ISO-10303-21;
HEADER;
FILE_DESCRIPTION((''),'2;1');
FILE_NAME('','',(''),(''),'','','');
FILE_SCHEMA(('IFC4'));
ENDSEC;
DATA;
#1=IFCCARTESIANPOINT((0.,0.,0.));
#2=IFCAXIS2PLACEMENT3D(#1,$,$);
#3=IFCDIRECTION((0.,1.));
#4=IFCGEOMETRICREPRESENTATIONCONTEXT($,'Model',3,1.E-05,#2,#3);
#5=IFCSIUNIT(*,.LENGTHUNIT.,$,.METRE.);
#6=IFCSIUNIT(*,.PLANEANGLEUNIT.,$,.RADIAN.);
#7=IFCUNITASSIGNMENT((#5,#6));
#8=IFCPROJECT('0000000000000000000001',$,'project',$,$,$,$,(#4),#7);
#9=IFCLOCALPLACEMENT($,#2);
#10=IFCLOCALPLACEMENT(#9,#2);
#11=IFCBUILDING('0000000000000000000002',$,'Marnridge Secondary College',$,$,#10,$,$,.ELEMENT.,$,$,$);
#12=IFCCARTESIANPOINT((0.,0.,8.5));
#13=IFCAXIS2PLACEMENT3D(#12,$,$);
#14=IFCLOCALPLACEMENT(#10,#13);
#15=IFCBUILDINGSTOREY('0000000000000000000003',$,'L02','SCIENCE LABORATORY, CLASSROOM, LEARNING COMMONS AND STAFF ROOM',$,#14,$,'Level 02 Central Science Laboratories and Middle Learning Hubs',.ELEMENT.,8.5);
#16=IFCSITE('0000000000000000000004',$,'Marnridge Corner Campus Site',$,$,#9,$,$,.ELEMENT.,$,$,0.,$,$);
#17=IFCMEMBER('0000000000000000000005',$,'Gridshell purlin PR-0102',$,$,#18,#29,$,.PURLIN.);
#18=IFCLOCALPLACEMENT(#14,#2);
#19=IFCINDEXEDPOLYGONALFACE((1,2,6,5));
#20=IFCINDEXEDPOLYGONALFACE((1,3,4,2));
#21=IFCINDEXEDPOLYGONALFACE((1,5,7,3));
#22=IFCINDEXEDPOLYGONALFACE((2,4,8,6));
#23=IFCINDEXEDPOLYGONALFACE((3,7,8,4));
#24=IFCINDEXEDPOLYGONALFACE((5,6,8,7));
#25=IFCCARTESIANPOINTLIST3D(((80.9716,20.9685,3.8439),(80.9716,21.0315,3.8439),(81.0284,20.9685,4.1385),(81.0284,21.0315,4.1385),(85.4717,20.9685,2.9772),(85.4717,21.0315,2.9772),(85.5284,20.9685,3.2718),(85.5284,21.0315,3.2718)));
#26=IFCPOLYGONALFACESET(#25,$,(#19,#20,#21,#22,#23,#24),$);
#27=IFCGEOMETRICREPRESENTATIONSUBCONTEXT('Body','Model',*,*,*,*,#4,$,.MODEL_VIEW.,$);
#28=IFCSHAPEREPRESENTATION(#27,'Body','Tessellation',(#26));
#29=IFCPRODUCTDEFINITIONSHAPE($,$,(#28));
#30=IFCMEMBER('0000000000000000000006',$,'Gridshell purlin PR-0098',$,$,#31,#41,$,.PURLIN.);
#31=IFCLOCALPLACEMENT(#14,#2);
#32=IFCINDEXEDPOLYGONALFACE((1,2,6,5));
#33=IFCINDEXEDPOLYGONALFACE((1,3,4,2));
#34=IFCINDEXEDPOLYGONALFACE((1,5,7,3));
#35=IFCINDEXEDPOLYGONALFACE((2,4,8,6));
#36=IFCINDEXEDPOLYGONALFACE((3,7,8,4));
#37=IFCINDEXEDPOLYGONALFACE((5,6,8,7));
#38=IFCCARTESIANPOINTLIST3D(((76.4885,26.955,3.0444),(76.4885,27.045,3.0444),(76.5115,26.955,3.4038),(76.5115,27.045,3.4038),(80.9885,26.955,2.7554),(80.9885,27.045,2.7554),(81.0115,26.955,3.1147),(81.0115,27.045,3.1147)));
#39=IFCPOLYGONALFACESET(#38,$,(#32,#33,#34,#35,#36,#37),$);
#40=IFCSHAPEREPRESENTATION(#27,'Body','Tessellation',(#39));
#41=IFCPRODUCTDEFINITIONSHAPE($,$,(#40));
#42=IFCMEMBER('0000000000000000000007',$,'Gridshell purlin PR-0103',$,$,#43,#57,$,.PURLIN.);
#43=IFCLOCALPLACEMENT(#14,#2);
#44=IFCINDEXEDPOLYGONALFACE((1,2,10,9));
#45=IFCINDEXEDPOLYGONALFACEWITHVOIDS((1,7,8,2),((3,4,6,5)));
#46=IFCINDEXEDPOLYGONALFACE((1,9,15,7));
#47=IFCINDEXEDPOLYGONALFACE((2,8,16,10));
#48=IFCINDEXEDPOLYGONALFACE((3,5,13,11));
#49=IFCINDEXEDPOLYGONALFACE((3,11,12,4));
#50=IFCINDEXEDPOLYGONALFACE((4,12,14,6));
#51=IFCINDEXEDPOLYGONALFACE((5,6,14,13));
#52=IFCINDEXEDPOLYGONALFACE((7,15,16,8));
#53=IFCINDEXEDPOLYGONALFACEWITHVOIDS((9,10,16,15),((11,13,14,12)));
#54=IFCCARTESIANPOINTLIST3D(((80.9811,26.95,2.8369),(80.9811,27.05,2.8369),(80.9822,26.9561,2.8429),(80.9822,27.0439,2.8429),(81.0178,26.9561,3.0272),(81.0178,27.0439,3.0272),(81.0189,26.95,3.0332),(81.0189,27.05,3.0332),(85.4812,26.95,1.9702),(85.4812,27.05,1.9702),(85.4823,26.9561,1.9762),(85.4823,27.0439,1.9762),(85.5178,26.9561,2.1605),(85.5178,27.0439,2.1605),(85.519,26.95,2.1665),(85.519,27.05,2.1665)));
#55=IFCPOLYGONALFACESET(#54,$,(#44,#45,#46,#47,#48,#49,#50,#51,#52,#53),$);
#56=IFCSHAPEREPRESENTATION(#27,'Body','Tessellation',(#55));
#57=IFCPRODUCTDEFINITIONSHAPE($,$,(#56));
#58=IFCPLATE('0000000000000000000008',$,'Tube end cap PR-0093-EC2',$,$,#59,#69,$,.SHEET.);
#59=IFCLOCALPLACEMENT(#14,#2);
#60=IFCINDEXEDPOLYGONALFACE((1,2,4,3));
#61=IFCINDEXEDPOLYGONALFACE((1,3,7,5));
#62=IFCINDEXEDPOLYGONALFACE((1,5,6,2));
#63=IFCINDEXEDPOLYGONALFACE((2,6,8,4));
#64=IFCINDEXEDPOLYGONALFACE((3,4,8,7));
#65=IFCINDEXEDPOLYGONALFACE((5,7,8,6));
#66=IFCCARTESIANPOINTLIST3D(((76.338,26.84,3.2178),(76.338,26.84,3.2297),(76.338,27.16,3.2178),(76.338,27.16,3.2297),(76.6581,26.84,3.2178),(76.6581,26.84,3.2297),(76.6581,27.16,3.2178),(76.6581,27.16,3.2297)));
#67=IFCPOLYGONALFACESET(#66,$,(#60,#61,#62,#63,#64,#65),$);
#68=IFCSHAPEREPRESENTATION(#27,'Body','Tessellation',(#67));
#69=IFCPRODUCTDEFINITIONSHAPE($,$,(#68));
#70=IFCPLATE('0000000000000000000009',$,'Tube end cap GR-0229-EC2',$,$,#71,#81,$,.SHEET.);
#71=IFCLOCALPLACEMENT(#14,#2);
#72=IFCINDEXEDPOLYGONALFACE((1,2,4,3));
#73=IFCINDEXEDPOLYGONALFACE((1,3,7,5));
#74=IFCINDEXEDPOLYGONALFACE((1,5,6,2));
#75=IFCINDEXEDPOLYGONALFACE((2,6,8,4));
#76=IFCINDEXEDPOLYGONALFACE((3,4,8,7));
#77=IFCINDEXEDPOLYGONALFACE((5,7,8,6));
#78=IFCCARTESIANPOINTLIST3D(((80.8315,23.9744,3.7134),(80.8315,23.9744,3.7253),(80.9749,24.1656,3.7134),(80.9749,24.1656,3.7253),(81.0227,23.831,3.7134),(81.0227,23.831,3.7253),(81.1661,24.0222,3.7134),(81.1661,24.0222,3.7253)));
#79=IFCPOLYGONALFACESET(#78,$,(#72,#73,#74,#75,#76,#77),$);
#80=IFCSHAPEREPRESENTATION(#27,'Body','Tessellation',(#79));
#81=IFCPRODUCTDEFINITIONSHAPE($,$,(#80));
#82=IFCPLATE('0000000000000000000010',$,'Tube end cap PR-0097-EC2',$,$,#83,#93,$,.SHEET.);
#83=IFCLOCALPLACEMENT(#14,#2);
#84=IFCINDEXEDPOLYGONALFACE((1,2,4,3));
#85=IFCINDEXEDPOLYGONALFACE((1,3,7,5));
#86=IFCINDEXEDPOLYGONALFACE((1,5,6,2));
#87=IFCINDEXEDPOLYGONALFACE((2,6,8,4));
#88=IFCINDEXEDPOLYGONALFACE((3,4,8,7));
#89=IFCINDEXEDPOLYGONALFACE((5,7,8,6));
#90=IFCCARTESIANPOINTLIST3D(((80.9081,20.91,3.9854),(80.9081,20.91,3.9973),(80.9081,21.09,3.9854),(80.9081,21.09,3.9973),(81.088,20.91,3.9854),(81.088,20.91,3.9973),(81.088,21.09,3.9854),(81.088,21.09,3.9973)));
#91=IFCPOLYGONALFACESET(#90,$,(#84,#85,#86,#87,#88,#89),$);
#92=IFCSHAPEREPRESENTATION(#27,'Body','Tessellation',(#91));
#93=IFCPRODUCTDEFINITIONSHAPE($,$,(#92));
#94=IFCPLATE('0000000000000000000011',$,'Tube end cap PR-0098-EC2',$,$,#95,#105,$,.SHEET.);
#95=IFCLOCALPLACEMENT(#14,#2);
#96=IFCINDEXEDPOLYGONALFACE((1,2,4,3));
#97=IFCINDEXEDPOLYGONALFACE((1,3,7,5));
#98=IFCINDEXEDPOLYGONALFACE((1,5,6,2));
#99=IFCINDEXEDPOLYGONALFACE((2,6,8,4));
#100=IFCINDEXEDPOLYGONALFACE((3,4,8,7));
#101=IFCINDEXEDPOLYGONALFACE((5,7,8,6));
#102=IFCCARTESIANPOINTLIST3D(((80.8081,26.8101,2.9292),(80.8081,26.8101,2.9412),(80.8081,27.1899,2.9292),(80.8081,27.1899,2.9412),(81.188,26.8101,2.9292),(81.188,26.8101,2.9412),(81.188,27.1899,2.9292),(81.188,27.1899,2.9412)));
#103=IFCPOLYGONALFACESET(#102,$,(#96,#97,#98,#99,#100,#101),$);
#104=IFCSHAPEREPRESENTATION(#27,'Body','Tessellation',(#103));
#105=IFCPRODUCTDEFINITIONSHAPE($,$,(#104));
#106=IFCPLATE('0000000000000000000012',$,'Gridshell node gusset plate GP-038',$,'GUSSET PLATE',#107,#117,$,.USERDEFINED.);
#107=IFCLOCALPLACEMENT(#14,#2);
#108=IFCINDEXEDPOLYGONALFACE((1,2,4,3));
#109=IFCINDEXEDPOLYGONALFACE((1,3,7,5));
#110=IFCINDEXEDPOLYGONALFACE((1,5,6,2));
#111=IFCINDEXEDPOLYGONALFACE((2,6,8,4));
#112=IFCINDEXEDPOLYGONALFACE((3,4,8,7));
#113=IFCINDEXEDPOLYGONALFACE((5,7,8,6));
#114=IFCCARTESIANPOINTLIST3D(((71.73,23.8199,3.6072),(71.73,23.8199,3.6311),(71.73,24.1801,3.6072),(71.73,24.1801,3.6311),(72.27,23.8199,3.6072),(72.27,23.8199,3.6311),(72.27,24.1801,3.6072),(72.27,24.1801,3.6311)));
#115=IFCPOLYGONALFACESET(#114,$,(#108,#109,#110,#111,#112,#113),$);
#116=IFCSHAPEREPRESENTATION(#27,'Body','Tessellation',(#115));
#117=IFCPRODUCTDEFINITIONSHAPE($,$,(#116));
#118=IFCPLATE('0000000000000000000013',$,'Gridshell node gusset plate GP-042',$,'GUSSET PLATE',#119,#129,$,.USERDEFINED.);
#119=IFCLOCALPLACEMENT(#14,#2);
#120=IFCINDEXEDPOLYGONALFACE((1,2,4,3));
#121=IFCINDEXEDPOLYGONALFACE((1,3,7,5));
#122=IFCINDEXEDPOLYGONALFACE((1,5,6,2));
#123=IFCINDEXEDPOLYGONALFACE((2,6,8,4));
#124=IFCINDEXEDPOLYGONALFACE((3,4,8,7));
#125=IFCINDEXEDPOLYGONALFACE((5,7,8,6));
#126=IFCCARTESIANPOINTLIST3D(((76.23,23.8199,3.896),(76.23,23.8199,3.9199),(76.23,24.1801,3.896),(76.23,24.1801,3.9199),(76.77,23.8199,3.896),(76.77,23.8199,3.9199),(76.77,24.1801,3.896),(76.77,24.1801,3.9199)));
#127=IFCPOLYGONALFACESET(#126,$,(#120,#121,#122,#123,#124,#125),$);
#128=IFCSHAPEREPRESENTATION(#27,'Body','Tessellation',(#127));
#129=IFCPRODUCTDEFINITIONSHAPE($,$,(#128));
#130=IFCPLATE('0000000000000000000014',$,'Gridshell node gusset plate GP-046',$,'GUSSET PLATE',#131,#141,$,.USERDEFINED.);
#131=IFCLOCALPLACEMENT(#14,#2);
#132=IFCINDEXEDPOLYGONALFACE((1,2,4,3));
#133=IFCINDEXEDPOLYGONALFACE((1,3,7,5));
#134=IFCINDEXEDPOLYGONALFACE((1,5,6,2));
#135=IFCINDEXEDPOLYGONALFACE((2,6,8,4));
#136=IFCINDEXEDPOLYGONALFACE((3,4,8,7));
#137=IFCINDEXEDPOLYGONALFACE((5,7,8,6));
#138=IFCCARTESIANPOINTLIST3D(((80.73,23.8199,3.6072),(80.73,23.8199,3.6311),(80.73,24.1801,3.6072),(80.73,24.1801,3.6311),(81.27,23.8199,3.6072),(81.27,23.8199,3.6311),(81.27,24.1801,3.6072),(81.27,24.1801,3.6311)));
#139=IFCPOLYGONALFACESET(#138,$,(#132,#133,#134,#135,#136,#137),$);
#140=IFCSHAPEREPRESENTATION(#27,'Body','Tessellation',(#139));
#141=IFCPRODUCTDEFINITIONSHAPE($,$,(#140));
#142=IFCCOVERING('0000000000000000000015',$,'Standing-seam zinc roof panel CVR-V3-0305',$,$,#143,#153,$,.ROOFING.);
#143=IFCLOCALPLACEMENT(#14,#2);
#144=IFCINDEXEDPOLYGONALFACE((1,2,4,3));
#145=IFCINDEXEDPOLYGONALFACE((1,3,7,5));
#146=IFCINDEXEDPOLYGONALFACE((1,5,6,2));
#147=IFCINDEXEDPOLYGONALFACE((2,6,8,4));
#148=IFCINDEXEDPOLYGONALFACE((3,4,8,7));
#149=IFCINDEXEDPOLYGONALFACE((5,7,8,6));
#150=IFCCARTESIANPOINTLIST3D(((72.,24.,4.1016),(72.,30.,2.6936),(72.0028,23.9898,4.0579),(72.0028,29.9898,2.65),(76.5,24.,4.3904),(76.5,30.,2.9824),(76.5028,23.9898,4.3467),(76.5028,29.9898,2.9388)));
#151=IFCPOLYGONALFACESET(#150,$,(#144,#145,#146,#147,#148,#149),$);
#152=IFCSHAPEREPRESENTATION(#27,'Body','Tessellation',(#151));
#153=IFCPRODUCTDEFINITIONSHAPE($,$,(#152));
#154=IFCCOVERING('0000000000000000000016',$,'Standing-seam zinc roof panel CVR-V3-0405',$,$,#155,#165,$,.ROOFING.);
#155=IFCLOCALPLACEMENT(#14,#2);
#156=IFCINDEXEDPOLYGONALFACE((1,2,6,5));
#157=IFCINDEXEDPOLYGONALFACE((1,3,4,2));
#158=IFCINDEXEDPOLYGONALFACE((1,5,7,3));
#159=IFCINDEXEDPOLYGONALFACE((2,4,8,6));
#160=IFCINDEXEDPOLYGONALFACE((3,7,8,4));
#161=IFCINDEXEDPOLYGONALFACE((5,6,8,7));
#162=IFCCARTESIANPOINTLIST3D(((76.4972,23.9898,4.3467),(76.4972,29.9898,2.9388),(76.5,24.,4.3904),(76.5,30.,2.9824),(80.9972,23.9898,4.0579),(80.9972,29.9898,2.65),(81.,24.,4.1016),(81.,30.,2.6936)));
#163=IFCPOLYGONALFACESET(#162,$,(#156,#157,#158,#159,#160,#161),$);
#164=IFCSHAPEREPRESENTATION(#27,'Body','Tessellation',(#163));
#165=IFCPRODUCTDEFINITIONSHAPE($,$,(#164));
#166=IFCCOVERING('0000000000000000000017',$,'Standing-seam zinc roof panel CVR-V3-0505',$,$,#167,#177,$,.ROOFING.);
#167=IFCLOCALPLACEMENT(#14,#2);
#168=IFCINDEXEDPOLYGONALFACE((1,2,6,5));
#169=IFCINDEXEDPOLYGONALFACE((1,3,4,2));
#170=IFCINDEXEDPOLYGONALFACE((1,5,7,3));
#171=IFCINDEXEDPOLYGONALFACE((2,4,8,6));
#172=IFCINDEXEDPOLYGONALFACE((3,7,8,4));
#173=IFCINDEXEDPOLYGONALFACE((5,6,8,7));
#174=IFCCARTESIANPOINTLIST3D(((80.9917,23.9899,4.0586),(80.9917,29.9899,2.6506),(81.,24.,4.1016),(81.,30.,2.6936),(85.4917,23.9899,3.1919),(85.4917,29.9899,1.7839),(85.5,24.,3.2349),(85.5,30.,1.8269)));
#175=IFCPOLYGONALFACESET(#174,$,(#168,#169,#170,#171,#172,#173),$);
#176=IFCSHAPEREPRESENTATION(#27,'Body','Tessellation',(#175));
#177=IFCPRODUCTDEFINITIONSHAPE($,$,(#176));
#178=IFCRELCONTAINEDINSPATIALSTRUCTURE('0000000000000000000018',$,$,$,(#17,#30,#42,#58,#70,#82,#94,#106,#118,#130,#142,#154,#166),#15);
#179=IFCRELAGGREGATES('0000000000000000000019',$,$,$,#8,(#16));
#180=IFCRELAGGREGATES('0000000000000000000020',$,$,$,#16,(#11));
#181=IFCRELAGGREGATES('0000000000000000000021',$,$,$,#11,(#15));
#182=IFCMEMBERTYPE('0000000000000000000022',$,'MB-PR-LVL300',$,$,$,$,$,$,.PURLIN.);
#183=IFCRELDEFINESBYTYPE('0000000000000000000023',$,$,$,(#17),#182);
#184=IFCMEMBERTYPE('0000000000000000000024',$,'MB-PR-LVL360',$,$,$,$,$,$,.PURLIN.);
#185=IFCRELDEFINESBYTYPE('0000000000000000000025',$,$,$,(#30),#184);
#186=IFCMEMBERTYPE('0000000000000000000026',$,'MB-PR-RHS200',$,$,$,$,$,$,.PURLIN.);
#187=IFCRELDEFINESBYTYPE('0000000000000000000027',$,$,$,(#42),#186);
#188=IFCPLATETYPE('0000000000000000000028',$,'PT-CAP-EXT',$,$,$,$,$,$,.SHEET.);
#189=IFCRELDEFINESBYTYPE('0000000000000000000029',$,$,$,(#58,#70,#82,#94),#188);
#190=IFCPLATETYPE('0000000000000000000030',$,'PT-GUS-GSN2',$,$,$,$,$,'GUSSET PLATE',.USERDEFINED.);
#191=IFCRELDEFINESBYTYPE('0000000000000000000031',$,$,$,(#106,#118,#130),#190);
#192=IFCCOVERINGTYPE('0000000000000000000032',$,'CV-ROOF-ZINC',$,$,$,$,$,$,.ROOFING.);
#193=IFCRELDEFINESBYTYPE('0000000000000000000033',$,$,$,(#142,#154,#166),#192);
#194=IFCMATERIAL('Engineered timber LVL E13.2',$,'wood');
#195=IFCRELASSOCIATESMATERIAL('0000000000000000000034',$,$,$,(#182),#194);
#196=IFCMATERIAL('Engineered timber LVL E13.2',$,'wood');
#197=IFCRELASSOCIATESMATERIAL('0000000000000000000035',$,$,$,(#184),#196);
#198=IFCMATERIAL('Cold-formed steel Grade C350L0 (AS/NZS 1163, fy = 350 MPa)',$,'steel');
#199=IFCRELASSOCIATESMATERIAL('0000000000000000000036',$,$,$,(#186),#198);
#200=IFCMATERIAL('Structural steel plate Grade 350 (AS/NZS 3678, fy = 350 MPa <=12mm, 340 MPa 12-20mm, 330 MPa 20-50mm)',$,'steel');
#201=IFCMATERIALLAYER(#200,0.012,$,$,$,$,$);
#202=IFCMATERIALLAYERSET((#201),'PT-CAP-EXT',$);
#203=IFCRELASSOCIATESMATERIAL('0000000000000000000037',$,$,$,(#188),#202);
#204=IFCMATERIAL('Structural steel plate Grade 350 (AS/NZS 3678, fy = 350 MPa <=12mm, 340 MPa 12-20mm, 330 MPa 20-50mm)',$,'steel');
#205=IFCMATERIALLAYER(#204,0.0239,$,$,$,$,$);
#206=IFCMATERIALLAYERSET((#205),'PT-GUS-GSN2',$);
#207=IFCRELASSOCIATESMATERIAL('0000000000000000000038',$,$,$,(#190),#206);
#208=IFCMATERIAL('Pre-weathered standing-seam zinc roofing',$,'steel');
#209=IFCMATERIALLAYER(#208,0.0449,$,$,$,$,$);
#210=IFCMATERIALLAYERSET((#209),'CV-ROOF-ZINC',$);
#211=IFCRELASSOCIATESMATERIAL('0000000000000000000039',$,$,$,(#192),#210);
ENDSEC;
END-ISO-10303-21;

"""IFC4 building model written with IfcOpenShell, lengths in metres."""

from ifc_helpers import new_model, si_unit, direction, frame, origin, origin_2d, place, context, subcontext, project, spatial, polyline, rectangle, hollow_rectangle, outline, extrude, material, layer, layer_set, material_profile, profile_set, type_object, element, save


model = new_model("IFC4")

# Units and contexts
model_context = context("Model", 3, precision=1e-05, world=origin(), true_north=direction((0.0, 1.0)))
body_context = subcontext(model_context, "Body", "Model", "MODEL_VIEW")
ifc_project = project(units=[si_unit("LENGTHUNIT", "METRE"), si_unit("PLANEANGLEUNIT", "RADIAN")], contexts=[model_context])

# Site, building, storey
site_placement = place(None, origin())
site = spatial("IfcSite", under=ifc_project, at=site_placement, Name="Marnridge Corner Campus Site", CompositionType="ELEMENT", RefElevation=0.0)
building_placement = place(site_placement, origin())
building = spatial("IfcBuilding", under=site, at=building_placement, Name="Marnridge Secondary College", CompositionType="ELEMENT")
storey_placement = place(building_placement, frame((0.0, 0.0, 8.5)))
storey = spatial("IfcBuildingStorey", under=building, at=storey_placement, Name="L02", Description="SCIENCE LABORATORY, CLASSROOM, LEARNING COMMONS AND STAFF ROOM", LongName="Level 02 Central Science Laboratories and Middle Learning Hubs", CompositionType="ELEMENT", Elevation=8.5)

# Members
ifc_material_1 = material(Name="Engineered timber LVL E13.2", Category="wood")
ifc_material_profile_1 = material_profile(ifc_material_1, rectangle(XDim=0.063, YDim=0.3, at=origin_2d()), Name="LVL 63x300")
ifc_profile_set_1 = profile_set([ifc_material_profile_1], Name="Engineered timber LVL E13.2")
member_type_1 = type_object("IfcMemberType", Name="MB-PR-LVL300", PredefinedType="PURLIN", material=ifc_profile_set_1)
member_1_placement = place(storey_placement, frame((81.0, 21.0, 3.9912), z_axis=(0.981953, 0.0, -0.189124), x_axis=(0.0, 1.0, 0.0)))
element("IfcMember", 1, at=member_1_placement, inside=storey, type_object=member_type_1, Name="Gridshell purlin PR-0102", PredefinedType="PURLIN", context=body_context, shape_type="SweptSolid", body=[
    extrude(rectangle(XDim=0.063, YDim=0.3, at=origin_2d()), origin(), (0.0, 0.0, 1.0), 4.5828),
])
ifc_material_2 = material(Name="Engineered timber LVL E13.2", Category="wood")
ifc_material_profile_2 = material_profile(ifc_material_2, rectangle(XDim=0.0901, YDim=0.3601, at=origin_2d()), Name="LVL 90x360")
ifc_profile_set_2 = profile_set([ifc_material_profile_2], Name="Engineered timber LVL E13.2")
member_type_2 = type_object("IfcMemberType", Name="MB-PR-LVL360", PredefinedType="PURLIN", material=ifc_profile_set_2)
member_2_placement = place(storey_placement, frame((76.5, 27.0, 3.2241), z_axis=(0.997943, 0.0, -0.064104), x_axis=(0.0, 1.0, 0.0)))
element("IfcMember", 2, at=member_2_placement, inside=storey, type_object=member_type_2, Name="Gridshell purlin PR-0098", PredefinedType="PURLIN", context=body_context, shape_type="SweptSolid", body=[
    extrude(rectangle(XDim=0.0901, YDim=0.3601, at=origin_2d()), origin(), (0.0, 0.0, 1.0), 4.5093),
])
ifc_material_3 = material(Name="Cold-formed steel Grade C350L0 (AS/NZS 1163, fy = 350 MPa)", Category="steel")
ifc_material_profile_3 = material_profile(ifc_material_3, hollow_rectangle(XDim=0.1001, YDim=0.2, WallThickness=0.0061, at=origin_2d()), Name="200x100x6.0RHS")
ifc_profile_set_3 = profile_set([ifc_material_profile_3], Name="Cold-formed steel Grade C350L0 (AS/NZS 1163, fy = 350 MPa)")
member_type_3 = type_object("IfcMemberType", Name="MB-PR-RHS200", PredefinedType="PURLIN", material=ifc_profile_set_3)
member_3_placement = place(storey_placement, frame((81.0, 27.0, 2.9351), z_axis=(0.981953, 0.0, -0.189124), x_axis=(0.0, 1.0, 0.0)))
element("IfcMember", 3, at=member_3_placement, inside=storey, type_object=member_type_3, Name="Gridshell purlin PR-0103", PredefinedType="PURLIN", context=body_context, shape_type="SweptSolid", body=[
    extrude(hollow_rectangle(XDim=0.1001, YDim=0.2, WallThickness=0.0061, at=origin_2d()), origin(), (0.0, 0.0, 1.0), 4.5828),
])

# Plates
ifc_material_4 = material(Name="Structural steel plate Grade 350 (AS/NZS 3678, fy = 350 MPa <=12mm, 340 MPa 12-20mm, 330 MPa 20-50mm)", Category="steel")
ifc_layer_1 = layer(ifc_material_4, 0.012)
ifc_layer_set_1 = layer_set([ifc_layer_1], Name="PT-CAP-EXT")
plate_type_1 = type_object("IfcPlateType", Name="PT-CAP-EXT", PredefinedType="SHEET", material=ifc_layer_set_1)
plate_1_placement = place(storey_placement, frame((76.498, 27.0, 3.2178), z_axis=(0.0, 0.0, 1.0), x_axis=(1.0, 0.0, 0.0)))
element("IfcPlate", 4, at=plate_1_placement, inside=storey, type_object=plate_type_1, Name="Tube end cap PR-0093-EC2", PredefinedType="SHEET", context=body_context, shape_type="SweptSolid", body=[
    extrude(rectangle(XDim=0.3201, YDim=0.3201, at=origin_2d()), origin(), (0.0, 0.0, 1.0), 0.012),
])
plate_2_placement = place(storey_placement, frame((80.9988, 23.9983, 3.7134), z_axis=(0.0, 0.0, 1.0), x_axis=(0.600001, 0.799999, 0.0)))
element("IfcPlate", 5, at=plate_2_placement, inside=storey, type_object=plate_type_1, Name="Tube end cap GR-0229-EC2", PredefinedType="SHEET", context=body_context, shape_type="SweptSolid", body=[
    extrude(rectangle(XDim=0.239, YDim=0.239, at=origin_2d()), origin(), (0.0, 0.0, 1.0), 0.012),
])
plate_3_placement = place(storey_placement, frame((80.998, 21.0, 3.9854), z_axis=(0.0, 0.0, 1.0), x_axis=(1.0, 0.0, 0.0)))
element("IfcPlate", 6, at=plate_3_placement, inside=storey, type_object=plate_type_1, Name="Tube end cap PR-0097-EC2", PredefinedType="SHEET", context=body_context, shape_type="SweptSolid", body=[
    extrude(rectangle(XDim=0.1799, YDim=0.1799, at=origin_2d()), origin(), (0.0, 0.0, 1.0), 0.012),
])
plate_4_placement = place(storey_placement, frame((80.998, 27.0, 2.9292), z_axis=(0.0, 0.0, 1.0), x_axis=(1.0, 0.0, 0.0)))
element("IfcPlate", 7, at=plate_4_placement, inside=storey, type_object=plate_type_1, Name="Tube end cap PR-0098-EC2", PredefinedType="SHEET", context=body_context, shape_type="SweptSolid", body=[
    extrude(rectangle(XDim=0.3799, YDim=0.3799, at=origin_2d()), origin(), (0.0, 0.0, 1.0), 0.012),
])
ifc_material_5 = material(Name="Structural steel plate Grade 350 (AS/NZS 3678, fy = 350 MPa <=12mm, 340 MPa 12-20mm, 330 MPa 20-50mm)", Category="steel")
ifc_layer_2 = layer(ifc_material_5, 0.0239)
ifc_layer_set_2 = layer_set([ifc_layer_2], Name="PT-GUS-GSN2")
plate_type_2 = type_object("IfcPlateType", Name="PT-GUS-GSN2", ElementType="GUSSET PLATE", PredefinedType="USERDEFINED", material=ifc_layer_set_2)
for number, where, z_axis, x_axis, name in (
    (8, (72.0, 24.0, 3.6072), (0.0, 0.0, 1.0), (1.0, 0.0, 0.0), "Gridshell node gusset plate GP-038"),
    (9, (76.5, 24.0, 3.896), (0.0, 0.0, 1.0), (1.0, 0.0, 0.0), "Gridshell node gusset plate GP-042"),
    (10, (81.0, 24.0, 3.6072), (0.0, 0.0, 1.0), (1.0, 0.0, 0.0), "Gridshell node gusset plate GP-046"),
):
    element("IfcPlate", number, at=place(storey_placement, frame(where, z_axis=z_axis, x_axis=x_axis)), inside=storey, type_object=plate_type_2, Name=name, ObjectType="GUSSET PLATE", PredefinedType="USERDEFINED", context=body_context, shape_type="SweptSolid", body=[
        extrude(rectangle(XDim=0.54, YDim=0.3601, at=origin_2d()), origin(), (0.0, 0.0, 1.0), 0.0239),
    ])

# Coverings
ifc_material_6 = material(Name="Pre-weathered standing-seam zinc roofing", Category="steel")
ifc_layer_3 = layer(ifc_material_6, 0.0449)
ifc_layer_set_3 = layer_set([ifc_layer_3], Name="CV-ROOF-ZINC")
covering_type = type_object("IfcCoveringType", Name="CV-ROOF-ZINC", PredefinedType="ROOFING", material=ifc_layer_set_3)
covering_1_placement = place(storey_placement, frame((72.0, 24.0, 4.1016), z_axis=(-0.062363, 0.228009, 0.97166), x_axis=(0.997947, 0.0, 0.06405)))
element("IfcCovering", 11, at=covering_1_placement, inside=storey, type_object=covering_type, Name="Standing-seam zinc roof panel CVR-V3-0305", PredefinedType="ROOFING", context=body_context, shape_type="SweptSolid", body=[
    extrude(outline(polyline([(0.0, 0.0), (4.5093, 0.0), (4.4191, 6.1623), (-0.0902, 6.1623), (0.0, 0.0)])), origin(), (0.0, 0.0, -1.0), 0.0449),
])
covering_2_placement = place(storey_placement, frame((76.5, 24.0, 4.3904), z_axis=(0.062363, 0.228009, 0.97166), x_axis=(0.997947, 0.0, -0.06405)))
element("IfcCovering", 12, at=covering_2_placement, inside=storey, type_object=covering_type, Name="Standing-seam zinc roof panel CVR-V3-0405", PredefinedType="ROOFING", context=body_context, shape_type="SweptSolid", body=[
    extrude(outline(polyline([(0.0, 0.0), (4.5093, 0.0), (4.5994, 6.1623), (0.0902, 6.1623), (0.0, 0.0)])), origin(), (0.0, 0.0, -1.0), 0.0449),
])
covering_3_placement = place(storey_placement, frame((81.0, 24.0, 4.1016), z_axis=(0.184295, 0.224541, 0.956879), x_axis=(0.981953, 0.0, -0.189124)))
element("IfcCovering", 13, at=covering_3_placement, inside=storey, type_object=covering_type, Name="Standing-seam zinc roof panel CVR-V3-0505", PredefinedType="ROOFING", context=body_context, shape_type="SweptSolid", body=[
    extrude(outline(polyline([(0.0, 0.0), (4.5827, 0.0), (4.849, 6.1572), (0.2663, 6.1572), (0.0, 0.0)])), origin(), (0.0, 0.0, -1.0), 0.0449),
])

save(model, "model.ifc")
